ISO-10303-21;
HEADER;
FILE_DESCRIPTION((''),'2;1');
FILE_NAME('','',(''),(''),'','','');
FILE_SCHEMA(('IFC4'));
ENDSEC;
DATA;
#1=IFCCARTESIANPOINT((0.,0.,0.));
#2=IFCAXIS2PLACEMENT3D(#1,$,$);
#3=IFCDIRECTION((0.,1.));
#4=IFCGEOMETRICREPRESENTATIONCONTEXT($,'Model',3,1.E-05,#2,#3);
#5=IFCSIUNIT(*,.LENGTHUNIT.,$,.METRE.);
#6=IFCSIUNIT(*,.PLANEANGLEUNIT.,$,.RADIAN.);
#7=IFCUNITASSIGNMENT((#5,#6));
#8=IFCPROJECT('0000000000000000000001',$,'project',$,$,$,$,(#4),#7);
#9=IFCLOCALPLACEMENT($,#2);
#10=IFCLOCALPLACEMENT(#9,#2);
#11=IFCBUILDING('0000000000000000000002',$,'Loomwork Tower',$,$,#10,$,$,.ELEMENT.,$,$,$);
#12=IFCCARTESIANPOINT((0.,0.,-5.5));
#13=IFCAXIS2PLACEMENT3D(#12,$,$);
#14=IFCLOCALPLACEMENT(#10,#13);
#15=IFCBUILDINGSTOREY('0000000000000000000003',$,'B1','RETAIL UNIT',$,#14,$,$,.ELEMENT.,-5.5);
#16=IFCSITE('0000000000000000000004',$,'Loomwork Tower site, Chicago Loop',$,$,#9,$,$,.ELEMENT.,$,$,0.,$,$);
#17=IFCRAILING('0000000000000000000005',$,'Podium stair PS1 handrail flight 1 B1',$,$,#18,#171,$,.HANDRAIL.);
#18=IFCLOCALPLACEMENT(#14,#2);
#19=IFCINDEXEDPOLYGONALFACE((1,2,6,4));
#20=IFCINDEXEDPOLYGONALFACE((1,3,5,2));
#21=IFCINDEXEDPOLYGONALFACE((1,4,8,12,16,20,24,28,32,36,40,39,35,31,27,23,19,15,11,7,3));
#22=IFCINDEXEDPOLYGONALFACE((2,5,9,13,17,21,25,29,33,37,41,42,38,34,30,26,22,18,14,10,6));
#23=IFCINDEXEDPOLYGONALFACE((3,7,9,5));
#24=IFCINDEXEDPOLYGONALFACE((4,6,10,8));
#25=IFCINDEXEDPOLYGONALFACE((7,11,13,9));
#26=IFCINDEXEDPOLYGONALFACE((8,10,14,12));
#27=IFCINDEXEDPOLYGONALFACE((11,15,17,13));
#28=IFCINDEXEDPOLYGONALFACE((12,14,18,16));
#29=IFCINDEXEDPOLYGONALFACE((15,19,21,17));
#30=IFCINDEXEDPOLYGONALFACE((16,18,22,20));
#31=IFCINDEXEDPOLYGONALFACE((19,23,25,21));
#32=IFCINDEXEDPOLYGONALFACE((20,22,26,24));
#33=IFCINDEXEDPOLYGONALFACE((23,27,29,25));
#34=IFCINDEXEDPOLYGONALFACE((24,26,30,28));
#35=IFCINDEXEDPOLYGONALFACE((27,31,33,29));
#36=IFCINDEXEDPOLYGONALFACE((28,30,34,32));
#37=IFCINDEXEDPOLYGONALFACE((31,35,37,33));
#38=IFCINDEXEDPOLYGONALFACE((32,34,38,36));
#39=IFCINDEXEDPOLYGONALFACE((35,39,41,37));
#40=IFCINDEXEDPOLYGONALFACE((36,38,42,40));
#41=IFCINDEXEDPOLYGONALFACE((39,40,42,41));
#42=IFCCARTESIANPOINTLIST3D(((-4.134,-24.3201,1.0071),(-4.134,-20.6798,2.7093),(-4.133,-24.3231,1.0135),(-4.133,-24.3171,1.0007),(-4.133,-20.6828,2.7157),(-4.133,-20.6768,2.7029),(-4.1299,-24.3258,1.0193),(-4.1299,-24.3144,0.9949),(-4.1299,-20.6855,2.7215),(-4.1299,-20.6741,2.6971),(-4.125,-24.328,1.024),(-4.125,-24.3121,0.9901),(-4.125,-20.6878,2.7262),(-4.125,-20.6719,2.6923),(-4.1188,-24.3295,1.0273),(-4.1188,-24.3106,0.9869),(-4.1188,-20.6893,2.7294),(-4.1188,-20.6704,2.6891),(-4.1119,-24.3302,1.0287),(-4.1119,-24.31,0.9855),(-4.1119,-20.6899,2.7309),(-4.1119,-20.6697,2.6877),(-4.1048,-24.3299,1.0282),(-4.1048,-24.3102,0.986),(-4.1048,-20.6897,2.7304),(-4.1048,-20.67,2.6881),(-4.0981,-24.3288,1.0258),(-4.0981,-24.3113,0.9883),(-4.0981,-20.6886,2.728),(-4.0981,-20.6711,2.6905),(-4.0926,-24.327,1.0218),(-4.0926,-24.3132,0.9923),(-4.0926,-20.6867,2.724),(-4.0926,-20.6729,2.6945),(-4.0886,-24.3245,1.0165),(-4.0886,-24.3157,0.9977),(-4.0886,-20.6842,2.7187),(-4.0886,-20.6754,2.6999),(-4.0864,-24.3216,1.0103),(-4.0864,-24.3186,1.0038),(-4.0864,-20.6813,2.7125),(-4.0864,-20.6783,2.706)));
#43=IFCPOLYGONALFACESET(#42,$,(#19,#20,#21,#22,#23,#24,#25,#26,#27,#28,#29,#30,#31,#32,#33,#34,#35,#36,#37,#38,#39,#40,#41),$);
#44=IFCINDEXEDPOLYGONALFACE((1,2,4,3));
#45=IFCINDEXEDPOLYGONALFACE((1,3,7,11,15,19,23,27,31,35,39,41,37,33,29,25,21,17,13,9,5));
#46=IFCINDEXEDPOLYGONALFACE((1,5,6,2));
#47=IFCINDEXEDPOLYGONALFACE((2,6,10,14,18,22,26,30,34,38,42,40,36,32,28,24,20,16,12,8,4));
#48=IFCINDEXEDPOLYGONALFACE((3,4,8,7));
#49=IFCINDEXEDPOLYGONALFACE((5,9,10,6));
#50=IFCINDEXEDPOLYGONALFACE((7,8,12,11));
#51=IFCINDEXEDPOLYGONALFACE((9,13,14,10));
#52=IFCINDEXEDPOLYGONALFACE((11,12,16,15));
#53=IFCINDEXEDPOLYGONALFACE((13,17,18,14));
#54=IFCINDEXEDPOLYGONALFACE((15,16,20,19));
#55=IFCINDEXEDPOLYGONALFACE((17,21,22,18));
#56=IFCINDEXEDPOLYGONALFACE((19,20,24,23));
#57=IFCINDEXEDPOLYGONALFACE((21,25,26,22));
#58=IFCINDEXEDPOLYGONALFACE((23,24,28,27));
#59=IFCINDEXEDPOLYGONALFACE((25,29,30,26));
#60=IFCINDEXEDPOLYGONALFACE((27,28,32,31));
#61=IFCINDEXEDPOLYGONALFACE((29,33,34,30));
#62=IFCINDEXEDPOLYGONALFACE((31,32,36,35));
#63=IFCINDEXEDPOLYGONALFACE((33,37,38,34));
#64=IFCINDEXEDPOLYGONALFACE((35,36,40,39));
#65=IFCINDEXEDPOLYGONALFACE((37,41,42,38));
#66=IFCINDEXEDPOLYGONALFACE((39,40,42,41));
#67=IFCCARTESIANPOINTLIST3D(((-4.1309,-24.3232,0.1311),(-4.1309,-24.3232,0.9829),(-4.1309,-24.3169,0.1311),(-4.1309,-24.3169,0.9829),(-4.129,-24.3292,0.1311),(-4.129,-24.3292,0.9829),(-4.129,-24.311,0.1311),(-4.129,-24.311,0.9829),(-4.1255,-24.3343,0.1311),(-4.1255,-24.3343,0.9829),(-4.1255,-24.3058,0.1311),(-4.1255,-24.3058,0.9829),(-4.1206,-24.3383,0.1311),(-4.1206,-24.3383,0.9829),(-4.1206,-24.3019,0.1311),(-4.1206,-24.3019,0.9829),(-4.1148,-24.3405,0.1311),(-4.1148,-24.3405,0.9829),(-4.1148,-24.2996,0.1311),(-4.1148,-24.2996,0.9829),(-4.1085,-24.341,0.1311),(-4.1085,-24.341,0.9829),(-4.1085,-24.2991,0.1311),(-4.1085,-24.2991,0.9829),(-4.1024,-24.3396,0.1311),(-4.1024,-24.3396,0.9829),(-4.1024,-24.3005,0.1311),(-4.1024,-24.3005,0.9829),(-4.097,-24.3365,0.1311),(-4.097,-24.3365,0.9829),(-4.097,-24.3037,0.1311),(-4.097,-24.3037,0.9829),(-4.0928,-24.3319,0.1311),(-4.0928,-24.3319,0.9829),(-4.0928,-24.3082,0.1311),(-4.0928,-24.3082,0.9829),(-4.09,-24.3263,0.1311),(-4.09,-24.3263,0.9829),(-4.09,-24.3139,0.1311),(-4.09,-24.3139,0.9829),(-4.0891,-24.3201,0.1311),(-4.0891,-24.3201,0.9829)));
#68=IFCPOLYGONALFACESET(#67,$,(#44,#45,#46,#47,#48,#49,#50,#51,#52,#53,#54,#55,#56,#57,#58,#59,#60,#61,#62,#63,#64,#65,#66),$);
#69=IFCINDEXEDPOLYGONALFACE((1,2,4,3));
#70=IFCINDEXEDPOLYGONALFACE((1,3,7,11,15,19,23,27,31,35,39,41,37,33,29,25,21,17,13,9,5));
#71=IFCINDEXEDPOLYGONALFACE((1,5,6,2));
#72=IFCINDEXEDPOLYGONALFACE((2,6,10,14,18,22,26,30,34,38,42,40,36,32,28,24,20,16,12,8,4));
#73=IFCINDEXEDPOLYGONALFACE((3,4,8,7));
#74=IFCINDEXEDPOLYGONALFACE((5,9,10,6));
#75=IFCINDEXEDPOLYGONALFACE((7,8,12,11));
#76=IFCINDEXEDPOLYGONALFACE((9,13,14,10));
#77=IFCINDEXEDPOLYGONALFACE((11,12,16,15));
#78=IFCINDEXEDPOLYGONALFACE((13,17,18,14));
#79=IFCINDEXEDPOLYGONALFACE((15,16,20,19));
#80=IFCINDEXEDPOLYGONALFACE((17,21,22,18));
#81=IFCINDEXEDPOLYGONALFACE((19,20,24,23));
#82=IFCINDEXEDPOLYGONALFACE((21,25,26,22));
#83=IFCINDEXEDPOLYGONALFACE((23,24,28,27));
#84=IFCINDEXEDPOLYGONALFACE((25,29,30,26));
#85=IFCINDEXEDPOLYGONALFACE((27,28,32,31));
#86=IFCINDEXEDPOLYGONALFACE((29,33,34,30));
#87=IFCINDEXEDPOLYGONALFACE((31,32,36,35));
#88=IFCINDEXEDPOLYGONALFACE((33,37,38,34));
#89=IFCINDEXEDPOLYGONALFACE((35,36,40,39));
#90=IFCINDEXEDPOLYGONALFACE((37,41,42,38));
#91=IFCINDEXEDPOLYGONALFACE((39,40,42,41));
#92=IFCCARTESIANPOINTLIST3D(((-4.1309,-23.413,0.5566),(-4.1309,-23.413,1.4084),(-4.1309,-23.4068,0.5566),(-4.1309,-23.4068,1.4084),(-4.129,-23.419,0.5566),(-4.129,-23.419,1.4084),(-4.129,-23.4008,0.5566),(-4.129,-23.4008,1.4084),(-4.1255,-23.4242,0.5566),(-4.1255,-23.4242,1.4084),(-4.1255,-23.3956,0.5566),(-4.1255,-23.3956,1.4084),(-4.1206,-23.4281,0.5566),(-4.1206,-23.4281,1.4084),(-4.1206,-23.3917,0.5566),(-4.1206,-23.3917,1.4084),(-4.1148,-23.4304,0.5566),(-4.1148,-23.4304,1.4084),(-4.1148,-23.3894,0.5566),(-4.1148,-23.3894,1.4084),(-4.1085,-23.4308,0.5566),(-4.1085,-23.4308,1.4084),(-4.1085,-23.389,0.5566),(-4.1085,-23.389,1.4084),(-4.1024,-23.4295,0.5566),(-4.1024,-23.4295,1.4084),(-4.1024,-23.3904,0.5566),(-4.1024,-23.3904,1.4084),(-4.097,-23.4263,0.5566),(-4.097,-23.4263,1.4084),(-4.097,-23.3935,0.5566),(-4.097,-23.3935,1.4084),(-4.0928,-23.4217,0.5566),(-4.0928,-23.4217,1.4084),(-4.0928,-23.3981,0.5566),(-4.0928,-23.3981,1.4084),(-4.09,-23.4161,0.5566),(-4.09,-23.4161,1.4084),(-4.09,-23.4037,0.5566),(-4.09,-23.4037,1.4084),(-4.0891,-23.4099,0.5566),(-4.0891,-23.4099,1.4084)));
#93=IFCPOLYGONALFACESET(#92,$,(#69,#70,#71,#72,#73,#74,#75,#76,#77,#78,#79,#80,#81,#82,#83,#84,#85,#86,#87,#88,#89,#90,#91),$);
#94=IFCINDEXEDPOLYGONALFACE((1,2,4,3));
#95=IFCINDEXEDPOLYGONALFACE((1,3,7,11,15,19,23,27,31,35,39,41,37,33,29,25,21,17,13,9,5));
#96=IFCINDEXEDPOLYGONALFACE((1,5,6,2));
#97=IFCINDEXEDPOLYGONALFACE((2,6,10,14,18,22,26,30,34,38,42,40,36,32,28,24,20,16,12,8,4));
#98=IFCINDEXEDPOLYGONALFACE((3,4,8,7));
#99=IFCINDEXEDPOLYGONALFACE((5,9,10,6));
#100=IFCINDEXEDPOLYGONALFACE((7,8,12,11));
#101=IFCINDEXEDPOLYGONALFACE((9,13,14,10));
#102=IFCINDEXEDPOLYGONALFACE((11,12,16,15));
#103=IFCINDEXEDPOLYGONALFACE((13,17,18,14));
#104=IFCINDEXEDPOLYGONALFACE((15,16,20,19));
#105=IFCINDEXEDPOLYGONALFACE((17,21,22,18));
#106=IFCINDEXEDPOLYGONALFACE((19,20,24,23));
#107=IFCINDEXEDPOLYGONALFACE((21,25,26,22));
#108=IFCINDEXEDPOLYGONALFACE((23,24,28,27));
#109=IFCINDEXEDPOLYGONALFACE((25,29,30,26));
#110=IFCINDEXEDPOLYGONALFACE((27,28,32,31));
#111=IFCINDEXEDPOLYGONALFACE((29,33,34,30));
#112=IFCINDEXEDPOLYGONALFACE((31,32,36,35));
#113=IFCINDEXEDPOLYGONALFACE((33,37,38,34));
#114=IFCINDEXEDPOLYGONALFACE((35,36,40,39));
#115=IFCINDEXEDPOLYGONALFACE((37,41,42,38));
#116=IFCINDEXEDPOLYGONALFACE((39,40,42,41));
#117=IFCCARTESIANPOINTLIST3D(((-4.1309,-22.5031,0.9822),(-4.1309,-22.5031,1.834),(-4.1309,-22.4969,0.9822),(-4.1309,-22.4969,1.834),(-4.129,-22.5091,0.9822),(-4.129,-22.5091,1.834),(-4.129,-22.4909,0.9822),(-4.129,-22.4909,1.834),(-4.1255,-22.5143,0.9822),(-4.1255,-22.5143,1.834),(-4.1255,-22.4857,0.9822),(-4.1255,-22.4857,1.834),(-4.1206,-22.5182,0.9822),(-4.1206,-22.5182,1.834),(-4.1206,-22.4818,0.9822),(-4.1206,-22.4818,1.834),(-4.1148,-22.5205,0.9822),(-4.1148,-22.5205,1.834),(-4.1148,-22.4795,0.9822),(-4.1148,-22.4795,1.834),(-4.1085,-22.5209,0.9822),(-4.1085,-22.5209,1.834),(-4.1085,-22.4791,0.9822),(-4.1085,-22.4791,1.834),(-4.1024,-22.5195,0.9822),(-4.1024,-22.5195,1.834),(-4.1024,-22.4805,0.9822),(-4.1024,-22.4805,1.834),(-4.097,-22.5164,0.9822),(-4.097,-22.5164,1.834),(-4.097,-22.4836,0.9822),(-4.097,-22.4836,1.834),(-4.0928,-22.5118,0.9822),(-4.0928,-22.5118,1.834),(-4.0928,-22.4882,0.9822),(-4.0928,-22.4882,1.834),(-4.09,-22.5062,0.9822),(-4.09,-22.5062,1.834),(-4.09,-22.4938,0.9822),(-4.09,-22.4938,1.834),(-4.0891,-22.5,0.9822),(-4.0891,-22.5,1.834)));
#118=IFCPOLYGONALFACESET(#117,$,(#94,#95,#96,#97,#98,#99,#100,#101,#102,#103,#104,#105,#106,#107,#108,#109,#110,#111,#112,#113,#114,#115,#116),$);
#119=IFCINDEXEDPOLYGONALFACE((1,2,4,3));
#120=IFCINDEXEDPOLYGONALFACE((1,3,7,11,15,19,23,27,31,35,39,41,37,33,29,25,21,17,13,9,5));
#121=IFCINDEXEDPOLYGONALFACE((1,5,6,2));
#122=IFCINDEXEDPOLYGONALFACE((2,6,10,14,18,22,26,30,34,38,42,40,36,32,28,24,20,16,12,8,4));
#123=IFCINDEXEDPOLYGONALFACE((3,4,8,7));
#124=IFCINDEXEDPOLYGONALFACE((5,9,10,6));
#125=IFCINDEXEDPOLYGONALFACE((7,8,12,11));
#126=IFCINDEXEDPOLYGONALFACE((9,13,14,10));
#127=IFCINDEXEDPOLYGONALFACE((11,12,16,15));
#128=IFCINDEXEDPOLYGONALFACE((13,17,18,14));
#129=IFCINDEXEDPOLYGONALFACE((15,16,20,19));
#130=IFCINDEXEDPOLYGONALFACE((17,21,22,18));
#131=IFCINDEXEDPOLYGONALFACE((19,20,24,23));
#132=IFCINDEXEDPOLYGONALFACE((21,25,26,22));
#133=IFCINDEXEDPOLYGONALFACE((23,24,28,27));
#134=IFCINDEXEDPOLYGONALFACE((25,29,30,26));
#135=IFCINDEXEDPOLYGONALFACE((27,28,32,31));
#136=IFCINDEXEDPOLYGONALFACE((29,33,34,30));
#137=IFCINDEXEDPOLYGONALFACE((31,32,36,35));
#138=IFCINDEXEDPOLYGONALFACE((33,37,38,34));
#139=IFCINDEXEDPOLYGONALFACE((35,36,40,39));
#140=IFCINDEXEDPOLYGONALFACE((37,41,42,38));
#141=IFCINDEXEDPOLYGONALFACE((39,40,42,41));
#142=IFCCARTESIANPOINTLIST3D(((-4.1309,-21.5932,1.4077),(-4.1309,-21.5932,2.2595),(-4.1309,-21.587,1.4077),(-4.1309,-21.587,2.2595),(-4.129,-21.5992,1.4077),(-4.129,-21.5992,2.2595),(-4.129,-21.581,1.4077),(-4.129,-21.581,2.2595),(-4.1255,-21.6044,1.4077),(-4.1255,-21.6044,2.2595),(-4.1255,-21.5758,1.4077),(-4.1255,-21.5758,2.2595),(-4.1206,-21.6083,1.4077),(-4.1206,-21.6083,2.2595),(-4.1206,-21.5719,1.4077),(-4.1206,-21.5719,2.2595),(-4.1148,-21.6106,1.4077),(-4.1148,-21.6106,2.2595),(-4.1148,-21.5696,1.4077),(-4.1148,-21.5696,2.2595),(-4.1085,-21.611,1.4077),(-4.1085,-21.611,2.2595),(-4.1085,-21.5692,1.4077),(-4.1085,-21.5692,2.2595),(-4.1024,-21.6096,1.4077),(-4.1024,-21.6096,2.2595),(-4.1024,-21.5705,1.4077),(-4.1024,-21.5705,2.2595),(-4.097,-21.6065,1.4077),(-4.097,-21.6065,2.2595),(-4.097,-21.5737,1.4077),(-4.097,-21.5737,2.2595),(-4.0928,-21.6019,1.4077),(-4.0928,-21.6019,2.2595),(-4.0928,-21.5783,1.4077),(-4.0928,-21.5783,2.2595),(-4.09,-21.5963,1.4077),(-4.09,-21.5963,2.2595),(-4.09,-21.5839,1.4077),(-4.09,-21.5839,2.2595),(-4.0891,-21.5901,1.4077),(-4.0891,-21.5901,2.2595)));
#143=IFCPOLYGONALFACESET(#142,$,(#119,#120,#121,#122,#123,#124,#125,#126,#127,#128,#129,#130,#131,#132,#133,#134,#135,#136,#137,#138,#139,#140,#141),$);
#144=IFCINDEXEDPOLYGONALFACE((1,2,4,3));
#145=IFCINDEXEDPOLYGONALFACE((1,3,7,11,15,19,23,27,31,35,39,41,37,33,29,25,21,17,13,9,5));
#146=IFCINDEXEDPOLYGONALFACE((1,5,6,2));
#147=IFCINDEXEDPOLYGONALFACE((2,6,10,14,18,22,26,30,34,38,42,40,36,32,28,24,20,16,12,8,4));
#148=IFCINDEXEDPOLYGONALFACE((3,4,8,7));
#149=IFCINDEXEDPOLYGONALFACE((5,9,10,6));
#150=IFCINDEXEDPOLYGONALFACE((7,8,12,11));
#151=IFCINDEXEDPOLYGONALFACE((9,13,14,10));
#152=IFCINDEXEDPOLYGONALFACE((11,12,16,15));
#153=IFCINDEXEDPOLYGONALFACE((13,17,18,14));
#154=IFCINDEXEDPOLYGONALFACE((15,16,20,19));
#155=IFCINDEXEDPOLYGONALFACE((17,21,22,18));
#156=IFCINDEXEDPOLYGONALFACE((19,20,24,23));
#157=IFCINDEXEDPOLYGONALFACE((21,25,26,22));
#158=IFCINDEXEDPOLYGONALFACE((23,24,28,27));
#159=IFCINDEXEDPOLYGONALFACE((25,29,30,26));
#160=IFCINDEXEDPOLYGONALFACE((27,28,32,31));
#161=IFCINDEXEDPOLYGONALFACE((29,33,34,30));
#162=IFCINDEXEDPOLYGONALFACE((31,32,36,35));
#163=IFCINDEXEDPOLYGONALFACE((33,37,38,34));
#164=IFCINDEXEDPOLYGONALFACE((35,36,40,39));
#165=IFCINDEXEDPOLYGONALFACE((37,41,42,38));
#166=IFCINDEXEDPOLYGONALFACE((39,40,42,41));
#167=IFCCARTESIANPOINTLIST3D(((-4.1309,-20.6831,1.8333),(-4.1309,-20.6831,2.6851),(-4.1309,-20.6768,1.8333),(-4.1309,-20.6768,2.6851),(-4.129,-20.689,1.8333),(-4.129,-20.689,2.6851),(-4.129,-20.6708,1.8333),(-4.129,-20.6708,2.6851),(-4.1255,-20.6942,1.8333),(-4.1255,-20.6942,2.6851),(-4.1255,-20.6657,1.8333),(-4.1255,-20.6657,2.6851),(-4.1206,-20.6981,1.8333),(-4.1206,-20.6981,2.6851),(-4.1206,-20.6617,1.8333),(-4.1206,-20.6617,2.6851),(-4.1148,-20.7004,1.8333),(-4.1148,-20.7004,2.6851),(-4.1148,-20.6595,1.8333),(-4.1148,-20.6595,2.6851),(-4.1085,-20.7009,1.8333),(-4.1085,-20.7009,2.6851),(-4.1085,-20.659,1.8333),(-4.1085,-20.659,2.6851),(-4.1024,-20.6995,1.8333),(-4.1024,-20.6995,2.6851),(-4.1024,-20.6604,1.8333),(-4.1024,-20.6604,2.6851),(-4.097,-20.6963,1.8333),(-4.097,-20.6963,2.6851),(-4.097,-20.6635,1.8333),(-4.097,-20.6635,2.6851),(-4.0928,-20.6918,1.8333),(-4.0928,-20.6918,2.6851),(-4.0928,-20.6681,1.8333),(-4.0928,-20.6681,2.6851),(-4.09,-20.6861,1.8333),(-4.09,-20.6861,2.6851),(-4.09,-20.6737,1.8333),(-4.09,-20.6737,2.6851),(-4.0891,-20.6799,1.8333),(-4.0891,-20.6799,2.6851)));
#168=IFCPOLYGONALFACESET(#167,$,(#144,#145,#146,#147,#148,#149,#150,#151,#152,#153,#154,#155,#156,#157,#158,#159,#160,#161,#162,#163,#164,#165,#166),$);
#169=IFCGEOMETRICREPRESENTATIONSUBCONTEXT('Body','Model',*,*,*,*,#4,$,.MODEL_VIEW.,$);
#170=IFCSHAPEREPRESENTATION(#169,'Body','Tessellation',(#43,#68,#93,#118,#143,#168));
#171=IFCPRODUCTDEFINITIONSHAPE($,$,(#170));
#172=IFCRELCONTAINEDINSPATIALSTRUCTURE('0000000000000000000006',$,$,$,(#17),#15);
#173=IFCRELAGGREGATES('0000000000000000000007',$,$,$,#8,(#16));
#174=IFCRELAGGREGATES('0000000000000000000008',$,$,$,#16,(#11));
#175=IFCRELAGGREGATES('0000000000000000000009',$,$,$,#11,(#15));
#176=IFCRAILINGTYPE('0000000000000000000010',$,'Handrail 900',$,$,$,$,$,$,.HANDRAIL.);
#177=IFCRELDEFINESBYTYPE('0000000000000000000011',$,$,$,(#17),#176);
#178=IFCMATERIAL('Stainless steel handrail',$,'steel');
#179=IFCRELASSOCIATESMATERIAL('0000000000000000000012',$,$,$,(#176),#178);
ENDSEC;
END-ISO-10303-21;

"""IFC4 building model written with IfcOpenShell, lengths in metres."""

from ifc_helpers import new_model, si_unit, direction, frame, origin, origin_2d, place, context, subcontext, project, spatial, circle, extrude, material, type_object, element, save


model = new_model("IFC4")

# Units and contexts
model_context = context("Model", 3, precision=1e-05, world=origin(), true_north=direction((0.0, 1.0)))
body_context = subcontext(model_context, "Body", "Model", "MODEL_VIEW")
ifc_project = project(units=[si_unit("LENGTHUNIT", "METRE"), si_unit("PLANEANGLEUNIT", "RADIAN")], contexts=[model_context])

# Site, building, storey
site_placement = place(None, origin())
site = spatial("IfcSite", under=ifc_project, at=site_placement, Name="Loomwork Tower site, Chicago Loop", CompositionType="ELEMENT", RefElevation=0.0)
building_placement = place(site_placement, origin())
building = spatial("IfcBuilding", under=site, at=building_placement, Name="Loomwork Tower", CompositionType="ELEMENT")
storey_placement = place(building_placement, frame((0.0, 0.0, -5.5)))
storey = spatial("IfcBuildingStorey", under=building, at=storey_placement, Name="B1", Description="RETAIL UNIT", CompositionType="ELEMENT", Elevation=-5.5)

# Railing
ifc_material_1 = material(Name="Stainless steel handrail", Category="steel")
railing_type = type_object("IfcRailingType", Name="Handrail 900", PredefinedType="HANDRAIL", material=ifc_material_1)
railing_1_placement = place(storey_placement, frame((-4.1101, -24.3201, 0.1311)))
element("IfcRailing", 1, at=railing_1_placement, inside=storey, type_object=railing_type, Name="Podium stair PS1 handrail flight 1 B1", PredefinedType="HANDRAIL", context=body_context, shape_type="SweptSolid", body=[
    extrude(circle(Radius=0.0239, at=origin_2d()), frame((0.0, 0.0, 0.876), z_axis=(0.0, 0.905857, 0.423584), x_axis=(-1.0, 0.0, 0.0)), (0.0, 0.0, 1.0), 4.0186),
    extrude(circle(Radius=0.021, at=origin_2d()), origin(), (0.0, 0.0, 1.0), 0.8518),
    extrude(circle(Radius=0.021, at=origin_2d()), frame((0.0, 0.9102, 0.4255)), (0.0, 0.0, 1.0), 0.8518),
    extrude(circle(Radius=0.021, at=origin_2d()), frame((0.0, 1.8201, 0.8511)), (0.0, 0.0, 1.0), 0.8518),
    extrude(circle(Radius=0.021, at=origin_2d()), frame((0.0, 2.73, 1.2766)), (0.0, 0.0, 1.0), 0.8518),
    extrude(circle(Radius=0.021, at=origin_2d()), frame((0.0, 3.6401, 1.7021)), (0.0, 0.0, 1.0), 0.8518),
])

save(model, "model.ifc")
